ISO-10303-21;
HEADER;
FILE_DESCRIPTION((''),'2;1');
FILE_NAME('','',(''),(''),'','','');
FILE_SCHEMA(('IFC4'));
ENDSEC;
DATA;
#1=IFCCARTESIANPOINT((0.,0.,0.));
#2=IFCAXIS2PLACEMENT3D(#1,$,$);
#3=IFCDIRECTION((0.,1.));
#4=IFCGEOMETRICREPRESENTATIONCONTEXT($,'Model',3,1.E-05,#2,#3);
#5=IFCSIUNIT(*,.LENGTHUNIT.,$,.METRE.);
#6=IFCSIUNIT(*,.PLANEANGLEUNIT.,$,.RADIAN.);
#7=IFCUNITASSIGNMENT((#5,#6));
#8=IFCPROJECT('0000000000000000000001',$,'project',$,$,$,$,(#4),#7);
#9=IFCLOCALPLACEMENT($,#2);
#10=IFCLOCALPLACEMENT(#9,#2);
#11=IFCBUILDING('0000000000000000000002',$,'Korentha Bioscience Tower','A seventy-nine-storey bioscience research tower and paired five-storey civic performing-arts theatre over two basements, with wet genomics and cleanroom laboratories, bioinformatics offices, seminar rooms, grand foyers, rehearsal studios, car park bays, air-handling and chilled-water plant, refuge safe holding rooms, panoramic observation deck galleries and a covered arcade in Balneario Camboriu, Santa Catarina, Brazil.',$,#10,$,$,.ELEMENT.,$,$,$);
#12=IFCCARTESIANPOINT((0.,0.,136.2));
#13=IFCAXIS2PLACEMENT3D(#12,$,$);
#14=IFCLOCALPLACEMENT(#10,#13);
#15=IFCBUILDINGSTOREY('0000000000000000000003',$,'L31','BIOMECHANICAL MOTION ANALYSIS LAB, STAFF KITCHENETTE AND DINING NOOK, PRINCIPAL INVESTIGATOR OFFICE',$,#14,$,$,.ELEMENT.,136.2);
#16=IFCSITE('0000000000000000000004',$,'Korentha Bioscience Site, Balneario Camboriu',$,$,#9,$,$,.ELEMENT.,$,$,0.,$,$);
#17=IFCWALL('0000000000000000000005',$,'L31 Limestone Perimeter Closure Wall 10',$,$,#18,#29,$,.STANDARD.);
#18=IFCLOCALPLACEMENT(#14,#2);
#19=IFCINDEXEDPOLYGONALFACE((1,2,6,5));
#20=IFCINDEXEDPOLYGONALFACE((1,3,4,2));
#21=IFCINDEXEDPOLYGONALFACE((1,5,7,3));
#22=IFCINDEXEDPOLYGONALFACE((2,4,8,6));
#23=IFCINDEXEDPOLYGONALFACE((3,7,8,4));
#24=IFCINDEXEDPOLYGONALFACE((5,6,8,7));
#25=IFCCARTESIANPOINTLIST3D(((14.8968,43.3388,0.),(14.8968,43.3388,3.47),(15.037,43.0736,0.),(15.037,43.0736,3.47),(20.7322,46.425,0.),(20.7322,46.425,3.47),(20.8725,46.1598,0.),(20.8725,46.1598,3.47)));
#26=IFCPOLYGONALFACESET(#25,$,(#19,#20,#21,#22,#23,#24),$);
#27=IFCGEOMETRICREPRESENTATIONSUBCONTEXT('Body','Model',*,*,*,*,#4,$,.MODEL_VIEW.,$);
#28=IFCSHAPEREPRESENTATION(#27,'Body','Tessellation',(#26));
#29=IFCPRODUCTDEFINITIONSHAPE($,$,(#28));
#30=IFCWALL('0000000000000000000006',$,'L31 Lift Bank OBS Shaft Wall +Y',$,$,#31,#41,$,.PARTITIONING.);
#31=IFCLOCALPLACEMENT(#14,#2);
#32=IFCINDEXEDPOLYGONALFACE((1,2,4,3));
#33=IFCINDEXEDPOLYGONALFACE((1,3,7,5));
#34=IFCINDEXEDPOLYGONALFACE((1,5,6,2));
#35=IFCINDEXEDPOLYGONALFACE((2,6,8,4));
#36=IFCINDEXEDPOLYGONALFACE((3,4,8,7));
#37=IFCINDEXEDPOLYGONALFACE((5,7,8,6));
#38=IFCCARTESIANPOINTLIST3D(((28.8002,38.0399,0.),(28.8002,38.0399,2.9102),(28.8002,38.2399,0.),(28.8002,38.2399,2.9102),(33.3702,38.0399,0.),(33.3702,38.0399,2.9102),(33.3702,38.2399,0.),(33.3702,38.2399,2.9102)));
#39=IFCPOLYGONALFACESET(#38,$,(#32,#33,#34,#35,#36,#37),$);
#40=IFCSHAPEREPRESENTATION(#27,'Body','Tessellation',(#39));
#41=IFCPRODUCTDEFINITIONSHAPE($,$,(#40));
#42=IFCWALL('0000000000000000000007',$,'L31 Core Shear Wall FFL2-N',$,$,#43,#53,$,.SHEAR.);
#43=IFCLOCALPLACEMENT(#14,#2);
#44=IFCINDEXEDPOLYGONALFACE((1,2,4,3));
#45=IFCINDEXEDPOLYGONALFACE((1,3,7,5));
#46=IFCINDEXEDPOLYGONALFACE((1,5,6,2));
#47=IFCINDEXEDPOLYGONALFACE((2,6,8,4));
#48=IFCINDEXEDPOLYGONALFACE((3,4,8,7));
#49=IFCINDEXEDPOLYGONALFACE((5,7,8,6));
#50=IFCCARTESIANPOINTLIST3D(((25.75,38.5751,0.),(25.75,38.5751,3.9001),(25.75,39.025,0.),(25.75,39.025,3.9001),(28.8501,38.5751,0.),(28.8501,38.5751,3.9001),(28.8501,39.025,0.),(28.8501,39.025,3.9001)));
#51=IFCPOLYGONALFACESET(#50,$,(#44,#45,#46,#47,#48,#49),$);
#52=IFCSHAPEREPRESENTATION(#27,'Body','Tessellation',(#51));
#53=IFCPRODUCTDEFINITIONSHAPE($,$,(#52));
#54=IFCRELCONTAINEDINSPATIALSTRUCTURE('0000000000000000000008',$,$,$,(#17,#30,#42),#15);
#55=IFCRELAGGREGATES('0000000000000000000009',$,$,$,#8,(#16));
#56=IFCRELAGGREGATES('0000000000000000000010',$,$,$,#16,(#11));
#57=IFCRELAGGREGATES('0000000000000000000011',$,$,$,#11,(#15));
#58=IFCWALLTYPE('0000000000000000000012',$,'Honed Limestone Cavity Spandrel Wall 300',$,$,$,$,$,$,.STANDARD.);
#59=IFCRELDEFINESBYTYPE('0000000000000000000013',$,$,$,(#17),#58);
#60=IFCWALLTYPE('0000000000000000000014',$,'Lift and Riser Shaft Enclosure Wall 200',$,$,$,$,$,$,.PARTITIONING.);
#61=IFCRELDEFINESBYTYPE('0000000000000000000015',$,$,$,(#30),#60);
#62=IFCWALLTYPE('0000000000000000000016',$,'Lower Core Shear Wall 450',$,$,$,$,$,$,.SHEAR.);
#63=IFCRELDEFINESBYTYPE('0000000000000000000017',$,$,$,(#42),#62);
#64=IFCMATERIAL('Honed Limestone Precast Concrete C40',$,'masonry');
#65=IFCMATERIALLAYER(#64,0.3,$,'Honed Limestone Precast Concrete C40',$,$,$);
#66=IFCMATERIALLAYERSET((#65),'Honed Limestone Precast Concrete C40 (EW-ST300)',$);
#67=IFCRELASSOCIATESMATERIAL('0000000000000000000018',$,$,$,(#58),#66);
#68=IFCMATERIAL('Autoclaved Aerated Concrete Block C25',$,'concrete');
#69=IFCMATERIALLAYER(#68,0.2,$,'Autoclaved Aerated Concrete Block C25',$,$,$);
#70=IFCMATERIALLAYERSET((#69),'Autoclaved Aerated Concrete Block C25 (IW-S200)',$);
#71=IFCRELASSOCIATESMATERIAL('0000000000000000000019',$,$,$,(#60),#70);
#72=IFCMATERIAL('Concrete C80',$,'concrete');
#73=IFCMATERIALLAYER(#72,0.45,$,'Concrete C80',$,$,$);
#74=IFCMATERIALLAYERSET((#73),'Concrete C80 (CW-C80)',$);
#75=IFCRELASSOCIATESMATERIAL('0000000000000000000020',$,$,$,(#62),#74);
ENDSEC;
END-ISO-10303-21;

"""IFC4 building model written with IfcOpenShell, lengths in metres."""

from ifc_helpers import new_model, si_unit, direction, frame, frame_2d, origin, place, context, subcontext, project, spatial, rectangle, extrude, material, layer, layer_set, type_object, element, save


model = new_model("IFC4")

# Units and contexts
model_context = context("Model", 3, precision=1e-05, world=origin(), true_north=direction((0.0, 1.0)))
body_context = subcontext(model_context, "Body", "Model", "MODEL_VIEW")
ifc_project = project(units=[si_unit("LENGTHUNIT", "METRE"), si_unit("PLANEANGLEUNIT", "RADIAN")], contexts=[model_context])

# Site, building, storey
site_placement = place(None, origin())
site = spatial("IfcSite", under=ifc_project, at=site_placement, Name="Korentha Bioscience Site, Balneario Camboriu", CompositionType="ELEMENT", RefElevation=0.0)
building_placement = place(site_placement, origin())
building = spatial("IfcBuilding", under=site, at=building_placement, Name="Korentha Bioscience Tower", Description="A seventy-nine-storey bioscience research tower and paired five-storey civic performing-arts theatre over two basements, with wet genomics and cleanroom laboratories, bioinformatics offices, seminar rooms, grand foyers, rehearsal studios, car park bays, air-handling and chilled-water plant, refuge safe holding rooms, panoramic observation deck galleries and a covered arcade in Balneario Camboriu, Santa Catarina, Brazil.", CompositionType="ELEMENT")
storey_placement = place(building_placement, frame((0.0, 0.0, 136.2)))
storey = spatial("IfcBuildingStorey", under=building, at=storey_placement, Name="L31", Description="BIOMECHANICAL MOTION ANALYSIS LAB, STAFF KITCHENETTE AND DINING NOOK, PRINCIPAL INVESTIGATOR OFFICE", CompositionType="ELEMENT", Elevation=136.2)

# Shared definitions
ifc_material_1 = material(Name="Concrete C80", Category="concrete")

# Shared definitions
ifc_material_2 = material(Name="Honed Limestone Precast Concrete C40", Category="masonry")
ifc_layer_1 = layer(ifc_material_2, 0.3, Name="Honed Limestone Precast Concrete C40")
ifc_layer_set_1 = layer_set([ifc_layer_1], Name="Honed Limestone Precast Concrete C40 (EW-ST300)")
wall_type_1 = type_object("IfcWallType", Name="Honed Limestone Cavity Spandrel Wall 300", PredefinedType="STANDARD", material=ifc_layer_set_1)

# Walls
wall_1_placement = place(storey_placement, frame((20.8025, 46.2925, 0.0), z_axis=(0.0, 0.0, 1.0), x_axis=(-0.883987, -0.467512, 0.0)))
element("IfcWall", 1, at=wall_1_placement, inside=storey, type_object=wall_type_1, Name="L31 Limestone Perimeter Closure Wall 10", PredefinedType="STANDARD", context=body_context, shape_type="SweptSolid", body=[
    extrude(rectangle(XDim=6.6013, YDim=0.3, at=frame_2d((3.3008, 0.0))), origin(), (0.0, 0.0, 1.0), 3.47),
])
ifc_material_3 = material(Name="Autoclaved Aerated Concrete Block C25", Category="concrete")
ifc_layer_2 = layer(ifc_material_3, 0.2, Name="Autoclaved Aerated Concrete Block C25")
ifc_layer_set_2 = layer_set([ifc_layer_2], Name="Autoclaved Aerated Concrete Block C25 (IW-S200)")
wall_type_2 = type_object("IfcWallType", Name="Lift and Riser Shaft Enclosure Wall 200", PredefinedType="PARTITIONING", material=ifc_layer_set_2)
wall_2_placement = place(storey_placement, frame((28.8, 38.1399, 0.0), z_axis=(0.0, 0.0, 1.0), x_axis=(1.0, 0.0, 0.0)))
element("IfcWall", 2, at=wall_2_placement, inside=storey, type_object=wall_type_2, Name="L31 Lift Bank OBS Shaft Wall +Y", PredefinedType="PARTITIONING", context=body_context, shape_type="SweptSolid", body=[
    extrude(rectangle(XDim=4.5701, YDim=0.2, at=frame_2d((2.2852, 0.0))), origin(), (0.0, 0.0, 1.0), 2.9102),
])
ifc_layer_3 = layer(ifc_material_1, 0.45, Name="Concrete C80")
ifc_layer_set_3 = layer_set([ifc_layer_3], Name="Concrete C80 (CW-C80)")
wall_type_3 = type_object("IfcWallType", Name="Lower Core Shear Wall 450", PredefinedType="SHEAR", material=ifc_layer_set_3)
wall_3_placement = place(storey_placement, frame((25.75, 38.8, 0.0), z_axis=(0.0, 0.0, 1.0), x_axis=(1.0, 0.0, 0.0)))
element("IfcWall", 3, at=wall_3_placement, inside=storey, type_object=wall_type_3, Name="L31 Core Shear Wall FFL2-N", PredefinedType="SHEAR", context=body_context, shape_type="SweptSolid", body=[
    extrude(rectangle(XDim=3.1001, YDim=0.45, at=frame_2d((1.55, 0.0))), origin(), (0.0, 0.0, 1.0), 3.9001),
])

save(model, "model.ifc")
